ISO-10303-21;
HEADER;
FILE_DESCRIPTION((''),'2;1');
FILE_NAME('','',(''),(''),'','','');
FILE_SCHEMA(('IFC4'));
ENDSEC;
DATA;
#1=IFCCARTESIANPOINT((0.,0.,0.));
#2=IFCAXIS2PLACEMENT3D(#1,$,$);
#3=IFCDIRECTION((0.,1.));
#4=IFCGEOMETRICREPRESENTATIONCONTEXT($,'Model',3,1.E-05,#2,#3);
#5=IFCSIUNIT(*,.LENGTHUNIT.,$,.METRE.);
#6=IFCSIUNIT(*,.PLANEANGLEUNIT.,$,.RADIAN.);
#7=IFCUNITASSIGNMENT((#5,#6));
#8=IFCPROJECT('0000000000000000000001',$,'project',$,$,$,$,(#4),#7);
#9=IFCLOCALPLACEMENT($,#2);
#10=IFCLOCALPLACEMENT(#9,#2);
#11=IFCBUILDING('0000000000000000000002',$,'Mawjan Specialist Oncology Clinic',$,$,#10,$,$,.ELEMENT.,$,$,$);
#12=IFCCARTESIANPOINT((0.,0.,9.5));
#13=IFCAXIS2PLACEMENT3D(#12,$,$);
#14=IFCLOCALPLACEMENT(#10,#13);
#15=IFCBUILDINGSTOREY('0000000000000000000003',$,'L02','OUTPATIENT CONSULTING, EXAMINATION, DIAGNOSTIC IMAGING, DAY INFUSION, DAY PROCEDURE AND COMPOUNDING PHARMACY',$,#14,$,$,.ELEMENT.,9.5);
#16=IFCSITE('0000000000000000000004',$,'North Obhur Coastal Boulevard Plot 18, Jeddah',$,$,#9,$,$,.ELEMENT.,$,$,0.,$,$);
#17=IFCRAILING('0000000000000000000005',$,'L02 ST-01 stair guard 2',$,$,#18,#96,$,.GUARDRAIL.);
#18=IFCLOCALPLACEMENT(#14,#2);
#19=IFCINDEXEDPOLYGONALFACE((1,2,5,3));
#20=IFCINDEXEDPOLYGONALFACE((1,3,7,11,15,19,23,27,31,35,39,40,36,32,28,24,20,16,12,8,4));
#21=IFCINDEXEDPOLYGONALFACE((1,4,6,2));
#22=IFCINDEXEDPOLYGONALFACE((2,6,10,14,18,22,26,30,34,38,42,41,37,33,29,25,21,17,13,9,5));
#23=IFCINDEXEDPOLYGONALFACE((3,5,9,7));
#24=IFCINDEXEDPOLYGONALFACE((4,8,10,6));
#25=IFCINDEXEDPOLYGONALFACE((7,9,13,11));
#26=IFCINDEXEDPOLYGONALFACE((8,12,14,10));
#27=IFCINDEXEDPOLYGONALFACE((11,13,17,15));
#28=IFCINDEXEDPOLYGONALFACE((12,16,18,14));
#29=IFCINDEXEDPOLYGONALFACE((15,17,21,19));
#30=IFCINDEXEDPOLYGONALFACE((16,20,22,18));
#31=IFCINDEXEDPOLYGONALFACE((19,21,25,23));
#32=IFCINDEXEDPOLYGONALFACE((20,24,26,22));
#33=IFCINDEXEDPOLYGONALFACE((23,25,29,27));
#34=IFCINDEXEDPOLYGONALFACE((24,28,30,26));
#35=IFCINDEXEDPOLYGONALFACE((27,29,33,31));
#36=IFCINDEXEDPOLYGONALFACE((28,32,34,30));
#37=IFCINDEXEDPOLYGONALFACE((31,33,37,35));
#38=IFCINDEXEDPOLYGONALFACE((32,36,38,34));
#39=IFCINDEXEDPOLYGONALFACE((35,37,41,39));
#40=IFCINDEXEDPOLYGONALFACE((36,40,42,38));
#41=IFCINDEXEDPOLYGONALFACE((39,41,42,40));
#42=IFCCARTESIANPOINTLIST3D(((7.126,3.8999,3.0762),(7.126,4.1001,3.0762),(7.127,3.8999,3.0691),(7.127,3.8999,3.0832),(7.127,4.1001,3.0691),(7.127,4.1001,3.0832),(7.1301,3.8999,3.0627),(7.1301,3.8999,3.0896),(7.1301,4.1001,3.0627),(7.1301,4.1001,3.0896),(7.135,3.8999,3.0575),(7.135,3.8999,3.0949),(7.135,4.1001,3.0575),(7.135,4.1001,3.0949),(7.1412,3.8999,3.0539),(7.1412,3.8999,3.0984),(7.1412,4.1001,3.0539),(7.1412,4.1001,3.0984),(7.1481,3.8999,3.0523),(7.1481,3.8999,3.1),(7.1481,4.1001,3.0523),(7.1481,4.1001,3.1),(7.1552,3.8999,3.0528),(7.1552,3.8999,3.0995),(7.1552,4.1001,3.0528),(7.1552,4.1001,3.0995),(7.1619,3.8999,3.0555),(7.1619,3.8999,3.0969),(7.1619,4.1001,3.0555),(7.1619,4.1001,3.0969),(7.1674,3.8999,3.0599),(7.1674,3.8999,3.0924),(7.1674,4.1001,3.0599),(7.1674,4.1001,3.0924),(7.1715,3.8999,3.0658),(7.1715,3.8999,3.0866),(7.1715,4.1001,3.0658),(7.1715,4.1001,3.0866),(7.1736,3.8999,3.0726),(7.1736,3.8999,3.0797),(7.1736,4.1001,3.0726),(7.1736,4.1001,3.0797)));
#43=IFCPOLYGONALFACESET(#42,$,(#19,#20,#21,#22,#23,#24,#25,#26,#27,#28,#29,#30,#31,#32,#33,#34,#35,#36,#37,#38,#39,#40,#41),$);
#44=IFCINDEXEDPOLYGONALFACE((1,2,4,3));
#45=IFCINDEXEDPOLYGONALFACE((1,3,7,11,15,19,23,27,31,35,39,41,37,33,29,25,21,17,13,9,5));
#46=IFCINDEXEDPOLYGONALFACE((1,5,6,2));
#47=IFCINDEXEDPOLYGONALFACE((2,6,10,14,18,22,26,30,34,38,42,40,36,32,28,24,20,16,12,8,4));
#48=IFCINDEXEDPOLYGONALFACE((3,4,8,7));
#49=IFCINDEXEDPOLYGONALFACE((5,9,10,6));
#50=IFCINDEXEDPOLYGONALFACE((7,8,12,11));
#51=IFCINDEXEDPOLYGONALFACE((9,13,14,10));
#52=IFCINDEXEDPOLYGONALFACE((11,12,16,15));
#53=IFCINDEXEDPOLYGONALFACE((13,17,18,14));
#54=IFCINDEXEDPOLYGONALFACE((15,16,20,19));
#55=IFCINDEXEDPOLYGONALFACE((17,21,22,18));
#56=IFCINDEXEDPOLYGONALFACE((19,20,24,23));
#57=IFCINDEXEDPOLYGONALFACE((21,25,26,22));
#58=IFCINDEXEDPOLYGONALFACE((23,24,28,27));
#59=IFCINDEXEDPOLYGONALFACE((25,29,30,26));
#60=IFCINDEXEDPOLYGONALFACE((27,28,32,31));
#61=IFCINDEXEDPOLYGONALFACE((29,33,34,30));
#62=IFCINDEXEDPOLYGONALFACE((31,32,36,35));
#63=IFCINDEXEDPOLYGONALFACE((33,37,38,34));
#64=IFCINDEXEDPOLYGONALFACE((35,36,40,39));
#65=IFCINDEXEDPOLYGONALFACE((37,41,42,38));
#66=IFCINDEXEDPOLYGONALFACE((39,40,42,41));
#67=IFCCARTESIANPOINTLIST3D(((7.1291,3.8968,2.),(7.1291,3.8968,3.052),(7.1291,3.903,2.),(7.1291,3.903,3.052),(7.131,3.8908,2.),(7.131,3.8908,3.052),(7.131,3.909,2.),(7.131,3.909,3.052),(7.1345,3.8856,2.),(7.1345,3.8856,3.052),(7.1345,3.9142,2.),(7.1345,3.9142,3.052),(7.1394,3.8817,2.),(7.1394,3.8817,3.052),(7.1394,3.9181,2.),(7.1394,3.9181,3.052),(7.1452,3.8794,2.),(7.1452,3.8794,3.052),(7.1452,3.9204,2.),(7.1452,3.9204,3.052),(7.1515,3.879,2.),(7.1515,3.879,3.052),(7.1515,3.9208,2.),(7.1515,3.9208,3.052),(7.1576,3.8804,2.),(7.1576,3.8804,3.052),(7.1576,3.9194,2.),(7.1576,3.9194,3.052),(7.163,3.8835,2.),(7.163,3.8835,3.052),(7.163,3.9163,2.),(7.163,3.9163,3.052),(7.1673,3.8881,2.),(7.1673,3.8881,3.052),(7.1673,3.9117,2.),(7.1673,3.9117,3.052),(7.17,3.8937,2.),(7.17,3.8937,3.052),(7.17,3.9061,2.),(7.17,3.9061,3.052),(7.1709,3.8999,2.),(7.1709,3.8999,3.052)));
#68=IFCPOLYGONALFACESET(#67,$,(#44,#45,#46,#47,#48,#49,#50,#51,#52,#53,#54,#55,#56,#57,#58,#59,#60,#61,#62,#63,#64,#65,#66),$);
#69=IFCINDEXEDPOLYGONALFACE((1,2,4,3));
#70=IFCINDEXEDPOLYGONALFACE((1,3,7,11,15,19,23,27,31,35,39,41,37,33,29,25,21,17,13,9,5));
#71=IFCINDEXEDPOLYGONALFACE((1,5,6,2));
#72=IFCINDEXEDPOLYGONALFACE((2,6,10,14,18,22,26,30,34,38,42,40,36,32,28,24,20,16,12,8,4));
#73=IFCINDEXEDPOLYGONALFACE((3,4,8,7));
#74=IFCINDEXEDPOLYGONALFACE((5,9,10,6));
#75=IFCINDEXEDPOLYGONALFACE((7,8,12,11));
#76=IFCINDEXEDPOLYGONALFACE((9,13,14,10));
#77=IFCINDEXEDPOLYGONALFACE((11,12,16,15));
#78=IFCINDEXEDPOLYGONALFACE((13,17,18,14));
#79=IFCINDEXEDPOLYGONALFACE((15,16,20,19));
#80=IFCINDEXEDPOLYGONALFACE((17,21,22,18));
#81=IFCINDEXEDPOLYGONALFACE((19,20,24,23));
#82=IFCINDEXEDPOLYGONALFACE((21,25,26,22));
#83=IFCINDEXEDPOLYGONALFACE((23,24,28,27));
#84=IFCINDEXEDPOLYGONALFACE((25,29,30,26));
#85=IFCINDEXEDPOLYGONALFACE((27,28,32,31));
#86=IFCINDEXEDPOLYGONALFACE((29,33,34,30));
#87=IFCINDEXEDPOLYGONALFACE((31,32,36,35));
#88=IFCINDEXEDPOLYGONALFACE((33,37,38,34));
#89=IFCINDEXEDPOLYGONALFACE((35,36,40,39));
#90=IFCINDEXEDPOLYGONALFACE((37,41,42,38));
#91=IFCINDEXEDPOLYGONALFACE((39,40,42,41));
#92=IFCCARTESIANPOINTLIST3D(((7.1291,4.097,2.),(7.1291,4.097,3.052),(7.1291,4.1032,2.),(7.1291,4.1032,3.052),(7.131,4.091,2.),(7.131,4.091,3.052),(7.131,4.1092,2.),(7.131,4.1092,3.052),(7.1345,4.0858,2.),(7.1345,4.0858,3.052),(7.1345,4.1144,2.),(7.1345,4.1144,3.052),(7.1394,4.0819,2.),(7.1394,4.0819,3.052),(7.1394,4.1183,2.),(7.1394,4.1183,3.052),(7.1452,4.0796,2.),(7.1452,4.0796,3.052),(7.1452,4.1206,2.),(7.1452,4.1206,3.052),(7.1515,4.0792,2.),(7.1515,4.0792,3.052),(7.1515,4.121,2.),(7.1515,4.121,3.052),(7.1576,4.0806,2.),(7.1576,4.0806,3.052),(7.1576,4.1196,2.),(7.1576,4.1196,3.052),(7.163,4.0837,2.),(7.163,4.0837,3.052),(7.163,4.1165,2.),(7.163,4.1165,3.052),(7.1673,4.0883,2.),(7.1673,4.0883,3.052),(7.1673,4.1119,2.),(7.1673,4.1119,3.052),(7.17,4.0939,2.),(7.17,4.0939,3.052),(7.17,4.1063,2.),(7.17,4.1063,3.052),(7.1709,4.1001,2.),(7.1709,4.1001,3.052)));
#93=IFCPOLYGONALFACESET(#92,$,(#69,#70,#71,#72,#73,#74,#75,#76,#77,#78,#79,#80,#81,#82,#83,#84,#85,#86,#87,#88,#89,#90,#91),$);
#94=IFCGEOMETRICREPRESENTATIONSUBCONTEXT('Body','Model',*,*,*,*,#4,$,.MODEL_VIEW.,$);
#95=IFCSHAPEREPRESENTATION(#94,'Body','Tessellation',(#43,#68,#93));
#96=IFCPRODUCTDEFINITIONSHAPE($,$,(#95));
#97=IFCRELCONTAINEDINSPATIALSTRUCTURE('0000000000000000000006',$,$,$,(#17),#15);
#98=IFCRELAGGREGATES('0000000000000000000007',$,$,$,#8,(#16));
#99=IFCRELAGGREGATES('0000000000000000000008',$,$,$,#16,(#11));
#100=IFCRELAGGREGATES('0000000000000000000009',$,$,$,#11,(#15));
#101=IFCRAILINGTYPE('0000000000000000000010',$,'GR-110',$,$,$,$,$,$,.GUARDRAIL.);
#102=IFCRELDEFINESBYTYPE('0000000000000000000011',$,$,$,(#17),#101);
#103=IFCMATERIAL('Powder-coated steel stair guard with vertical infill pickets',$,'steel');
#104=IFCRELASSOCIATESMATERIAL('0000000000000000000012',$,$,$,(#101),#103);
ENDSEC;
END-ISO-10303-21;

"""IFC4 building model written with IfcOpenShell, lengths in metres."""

from ifc_helpers import new_model, si_unit, direction, frame, origin, origin_2d, place, context, subcontext, project, spatial, circle, extrude, material, type_object, element, save


model = new_model("IFC4")

# Units and contexts
model_context = context("Model", 3, precision=1e-05, world=origin(), true_north=direction((0.0, 1.0)))
body_context = subcontext(model_context, "Body", "Model", "MODEL_VIEW")
ifc_project = project(units=[si_unit("LENGTHUNIT", "METRE"), si_unit("PLANEANGLEUNIT", "RADIAN")], contexts=[model_context])

# Site, building, storey
site_placement = place(None, origin())
site = spatial("IfcSite", under=ifc_project, at=site_placement, Name="North Obhur Coastal Boulevard Plot 18, Jeddah", CompositionType="ELEMENT", RefElevation=0.0)
building_placement = place(site_placement, origin())
building = spatial("IfcBuilding", under=site, at=building_placement, Name="Mawjan Specialist Oncology Clinic", CompositionType="ELEMENT")
storey_placement = place(building_placement, frame((0.0, 0.0, 9.5)))
storey = spatial("IfcBuildingStorey", under=building, at=storey_placement, Name="L02", Description="OUTPATIENT CONSULTING, EXAMINATION, DIAGNOSTIC IMAGING, DAY INFUSION, DAY PROCEDURE AND COMPOUNDING PHARMACY", CompositionType="ELEMENT", Elevation=9.5)

# Railing
ifc_material_1 = material(Name="Powder-coated steel stair guard with vertical infill pickets", Category="steel")
railing_type_1 = type_object("IfcRailingType", Name="GR-110", PredefinedType="GUARDRAIL", material=ifc_material_1)
railing_1_placement = place(storey_placement, frame((7.1499, 3.8999, 2.0)))
element("IfcRailing", 1, at=railing_1_placement, inside=storey, type_object=railing_type_1, Name="L02 ST-01 stair guard 2", PredefinedType="GUARDRAIL", context=body_context, shape_type="SweptSolid", body=[
    extrude(circle(Radius=0.0239, at=origin_2d()), frame((0.0, 0.0, 1.0762), z_axis=(0.0, 1.0, 0.0), x_axis=(-1.0, 0.0, 0.0)), (0.0, 0.0, 1.0), 0.2002),
    extrude(circle(Radius=0.021, at=origin_2d()), origin(), (0.0, 0.0, 1.0), 1.052),
    extrude(circle(Radius=0.021, at=origin_2d()), frame((0.0, 0.2002, 0.0)), (0.0, 0.0, 1.0), 1.052),
])

save(model, "model.ifc")
